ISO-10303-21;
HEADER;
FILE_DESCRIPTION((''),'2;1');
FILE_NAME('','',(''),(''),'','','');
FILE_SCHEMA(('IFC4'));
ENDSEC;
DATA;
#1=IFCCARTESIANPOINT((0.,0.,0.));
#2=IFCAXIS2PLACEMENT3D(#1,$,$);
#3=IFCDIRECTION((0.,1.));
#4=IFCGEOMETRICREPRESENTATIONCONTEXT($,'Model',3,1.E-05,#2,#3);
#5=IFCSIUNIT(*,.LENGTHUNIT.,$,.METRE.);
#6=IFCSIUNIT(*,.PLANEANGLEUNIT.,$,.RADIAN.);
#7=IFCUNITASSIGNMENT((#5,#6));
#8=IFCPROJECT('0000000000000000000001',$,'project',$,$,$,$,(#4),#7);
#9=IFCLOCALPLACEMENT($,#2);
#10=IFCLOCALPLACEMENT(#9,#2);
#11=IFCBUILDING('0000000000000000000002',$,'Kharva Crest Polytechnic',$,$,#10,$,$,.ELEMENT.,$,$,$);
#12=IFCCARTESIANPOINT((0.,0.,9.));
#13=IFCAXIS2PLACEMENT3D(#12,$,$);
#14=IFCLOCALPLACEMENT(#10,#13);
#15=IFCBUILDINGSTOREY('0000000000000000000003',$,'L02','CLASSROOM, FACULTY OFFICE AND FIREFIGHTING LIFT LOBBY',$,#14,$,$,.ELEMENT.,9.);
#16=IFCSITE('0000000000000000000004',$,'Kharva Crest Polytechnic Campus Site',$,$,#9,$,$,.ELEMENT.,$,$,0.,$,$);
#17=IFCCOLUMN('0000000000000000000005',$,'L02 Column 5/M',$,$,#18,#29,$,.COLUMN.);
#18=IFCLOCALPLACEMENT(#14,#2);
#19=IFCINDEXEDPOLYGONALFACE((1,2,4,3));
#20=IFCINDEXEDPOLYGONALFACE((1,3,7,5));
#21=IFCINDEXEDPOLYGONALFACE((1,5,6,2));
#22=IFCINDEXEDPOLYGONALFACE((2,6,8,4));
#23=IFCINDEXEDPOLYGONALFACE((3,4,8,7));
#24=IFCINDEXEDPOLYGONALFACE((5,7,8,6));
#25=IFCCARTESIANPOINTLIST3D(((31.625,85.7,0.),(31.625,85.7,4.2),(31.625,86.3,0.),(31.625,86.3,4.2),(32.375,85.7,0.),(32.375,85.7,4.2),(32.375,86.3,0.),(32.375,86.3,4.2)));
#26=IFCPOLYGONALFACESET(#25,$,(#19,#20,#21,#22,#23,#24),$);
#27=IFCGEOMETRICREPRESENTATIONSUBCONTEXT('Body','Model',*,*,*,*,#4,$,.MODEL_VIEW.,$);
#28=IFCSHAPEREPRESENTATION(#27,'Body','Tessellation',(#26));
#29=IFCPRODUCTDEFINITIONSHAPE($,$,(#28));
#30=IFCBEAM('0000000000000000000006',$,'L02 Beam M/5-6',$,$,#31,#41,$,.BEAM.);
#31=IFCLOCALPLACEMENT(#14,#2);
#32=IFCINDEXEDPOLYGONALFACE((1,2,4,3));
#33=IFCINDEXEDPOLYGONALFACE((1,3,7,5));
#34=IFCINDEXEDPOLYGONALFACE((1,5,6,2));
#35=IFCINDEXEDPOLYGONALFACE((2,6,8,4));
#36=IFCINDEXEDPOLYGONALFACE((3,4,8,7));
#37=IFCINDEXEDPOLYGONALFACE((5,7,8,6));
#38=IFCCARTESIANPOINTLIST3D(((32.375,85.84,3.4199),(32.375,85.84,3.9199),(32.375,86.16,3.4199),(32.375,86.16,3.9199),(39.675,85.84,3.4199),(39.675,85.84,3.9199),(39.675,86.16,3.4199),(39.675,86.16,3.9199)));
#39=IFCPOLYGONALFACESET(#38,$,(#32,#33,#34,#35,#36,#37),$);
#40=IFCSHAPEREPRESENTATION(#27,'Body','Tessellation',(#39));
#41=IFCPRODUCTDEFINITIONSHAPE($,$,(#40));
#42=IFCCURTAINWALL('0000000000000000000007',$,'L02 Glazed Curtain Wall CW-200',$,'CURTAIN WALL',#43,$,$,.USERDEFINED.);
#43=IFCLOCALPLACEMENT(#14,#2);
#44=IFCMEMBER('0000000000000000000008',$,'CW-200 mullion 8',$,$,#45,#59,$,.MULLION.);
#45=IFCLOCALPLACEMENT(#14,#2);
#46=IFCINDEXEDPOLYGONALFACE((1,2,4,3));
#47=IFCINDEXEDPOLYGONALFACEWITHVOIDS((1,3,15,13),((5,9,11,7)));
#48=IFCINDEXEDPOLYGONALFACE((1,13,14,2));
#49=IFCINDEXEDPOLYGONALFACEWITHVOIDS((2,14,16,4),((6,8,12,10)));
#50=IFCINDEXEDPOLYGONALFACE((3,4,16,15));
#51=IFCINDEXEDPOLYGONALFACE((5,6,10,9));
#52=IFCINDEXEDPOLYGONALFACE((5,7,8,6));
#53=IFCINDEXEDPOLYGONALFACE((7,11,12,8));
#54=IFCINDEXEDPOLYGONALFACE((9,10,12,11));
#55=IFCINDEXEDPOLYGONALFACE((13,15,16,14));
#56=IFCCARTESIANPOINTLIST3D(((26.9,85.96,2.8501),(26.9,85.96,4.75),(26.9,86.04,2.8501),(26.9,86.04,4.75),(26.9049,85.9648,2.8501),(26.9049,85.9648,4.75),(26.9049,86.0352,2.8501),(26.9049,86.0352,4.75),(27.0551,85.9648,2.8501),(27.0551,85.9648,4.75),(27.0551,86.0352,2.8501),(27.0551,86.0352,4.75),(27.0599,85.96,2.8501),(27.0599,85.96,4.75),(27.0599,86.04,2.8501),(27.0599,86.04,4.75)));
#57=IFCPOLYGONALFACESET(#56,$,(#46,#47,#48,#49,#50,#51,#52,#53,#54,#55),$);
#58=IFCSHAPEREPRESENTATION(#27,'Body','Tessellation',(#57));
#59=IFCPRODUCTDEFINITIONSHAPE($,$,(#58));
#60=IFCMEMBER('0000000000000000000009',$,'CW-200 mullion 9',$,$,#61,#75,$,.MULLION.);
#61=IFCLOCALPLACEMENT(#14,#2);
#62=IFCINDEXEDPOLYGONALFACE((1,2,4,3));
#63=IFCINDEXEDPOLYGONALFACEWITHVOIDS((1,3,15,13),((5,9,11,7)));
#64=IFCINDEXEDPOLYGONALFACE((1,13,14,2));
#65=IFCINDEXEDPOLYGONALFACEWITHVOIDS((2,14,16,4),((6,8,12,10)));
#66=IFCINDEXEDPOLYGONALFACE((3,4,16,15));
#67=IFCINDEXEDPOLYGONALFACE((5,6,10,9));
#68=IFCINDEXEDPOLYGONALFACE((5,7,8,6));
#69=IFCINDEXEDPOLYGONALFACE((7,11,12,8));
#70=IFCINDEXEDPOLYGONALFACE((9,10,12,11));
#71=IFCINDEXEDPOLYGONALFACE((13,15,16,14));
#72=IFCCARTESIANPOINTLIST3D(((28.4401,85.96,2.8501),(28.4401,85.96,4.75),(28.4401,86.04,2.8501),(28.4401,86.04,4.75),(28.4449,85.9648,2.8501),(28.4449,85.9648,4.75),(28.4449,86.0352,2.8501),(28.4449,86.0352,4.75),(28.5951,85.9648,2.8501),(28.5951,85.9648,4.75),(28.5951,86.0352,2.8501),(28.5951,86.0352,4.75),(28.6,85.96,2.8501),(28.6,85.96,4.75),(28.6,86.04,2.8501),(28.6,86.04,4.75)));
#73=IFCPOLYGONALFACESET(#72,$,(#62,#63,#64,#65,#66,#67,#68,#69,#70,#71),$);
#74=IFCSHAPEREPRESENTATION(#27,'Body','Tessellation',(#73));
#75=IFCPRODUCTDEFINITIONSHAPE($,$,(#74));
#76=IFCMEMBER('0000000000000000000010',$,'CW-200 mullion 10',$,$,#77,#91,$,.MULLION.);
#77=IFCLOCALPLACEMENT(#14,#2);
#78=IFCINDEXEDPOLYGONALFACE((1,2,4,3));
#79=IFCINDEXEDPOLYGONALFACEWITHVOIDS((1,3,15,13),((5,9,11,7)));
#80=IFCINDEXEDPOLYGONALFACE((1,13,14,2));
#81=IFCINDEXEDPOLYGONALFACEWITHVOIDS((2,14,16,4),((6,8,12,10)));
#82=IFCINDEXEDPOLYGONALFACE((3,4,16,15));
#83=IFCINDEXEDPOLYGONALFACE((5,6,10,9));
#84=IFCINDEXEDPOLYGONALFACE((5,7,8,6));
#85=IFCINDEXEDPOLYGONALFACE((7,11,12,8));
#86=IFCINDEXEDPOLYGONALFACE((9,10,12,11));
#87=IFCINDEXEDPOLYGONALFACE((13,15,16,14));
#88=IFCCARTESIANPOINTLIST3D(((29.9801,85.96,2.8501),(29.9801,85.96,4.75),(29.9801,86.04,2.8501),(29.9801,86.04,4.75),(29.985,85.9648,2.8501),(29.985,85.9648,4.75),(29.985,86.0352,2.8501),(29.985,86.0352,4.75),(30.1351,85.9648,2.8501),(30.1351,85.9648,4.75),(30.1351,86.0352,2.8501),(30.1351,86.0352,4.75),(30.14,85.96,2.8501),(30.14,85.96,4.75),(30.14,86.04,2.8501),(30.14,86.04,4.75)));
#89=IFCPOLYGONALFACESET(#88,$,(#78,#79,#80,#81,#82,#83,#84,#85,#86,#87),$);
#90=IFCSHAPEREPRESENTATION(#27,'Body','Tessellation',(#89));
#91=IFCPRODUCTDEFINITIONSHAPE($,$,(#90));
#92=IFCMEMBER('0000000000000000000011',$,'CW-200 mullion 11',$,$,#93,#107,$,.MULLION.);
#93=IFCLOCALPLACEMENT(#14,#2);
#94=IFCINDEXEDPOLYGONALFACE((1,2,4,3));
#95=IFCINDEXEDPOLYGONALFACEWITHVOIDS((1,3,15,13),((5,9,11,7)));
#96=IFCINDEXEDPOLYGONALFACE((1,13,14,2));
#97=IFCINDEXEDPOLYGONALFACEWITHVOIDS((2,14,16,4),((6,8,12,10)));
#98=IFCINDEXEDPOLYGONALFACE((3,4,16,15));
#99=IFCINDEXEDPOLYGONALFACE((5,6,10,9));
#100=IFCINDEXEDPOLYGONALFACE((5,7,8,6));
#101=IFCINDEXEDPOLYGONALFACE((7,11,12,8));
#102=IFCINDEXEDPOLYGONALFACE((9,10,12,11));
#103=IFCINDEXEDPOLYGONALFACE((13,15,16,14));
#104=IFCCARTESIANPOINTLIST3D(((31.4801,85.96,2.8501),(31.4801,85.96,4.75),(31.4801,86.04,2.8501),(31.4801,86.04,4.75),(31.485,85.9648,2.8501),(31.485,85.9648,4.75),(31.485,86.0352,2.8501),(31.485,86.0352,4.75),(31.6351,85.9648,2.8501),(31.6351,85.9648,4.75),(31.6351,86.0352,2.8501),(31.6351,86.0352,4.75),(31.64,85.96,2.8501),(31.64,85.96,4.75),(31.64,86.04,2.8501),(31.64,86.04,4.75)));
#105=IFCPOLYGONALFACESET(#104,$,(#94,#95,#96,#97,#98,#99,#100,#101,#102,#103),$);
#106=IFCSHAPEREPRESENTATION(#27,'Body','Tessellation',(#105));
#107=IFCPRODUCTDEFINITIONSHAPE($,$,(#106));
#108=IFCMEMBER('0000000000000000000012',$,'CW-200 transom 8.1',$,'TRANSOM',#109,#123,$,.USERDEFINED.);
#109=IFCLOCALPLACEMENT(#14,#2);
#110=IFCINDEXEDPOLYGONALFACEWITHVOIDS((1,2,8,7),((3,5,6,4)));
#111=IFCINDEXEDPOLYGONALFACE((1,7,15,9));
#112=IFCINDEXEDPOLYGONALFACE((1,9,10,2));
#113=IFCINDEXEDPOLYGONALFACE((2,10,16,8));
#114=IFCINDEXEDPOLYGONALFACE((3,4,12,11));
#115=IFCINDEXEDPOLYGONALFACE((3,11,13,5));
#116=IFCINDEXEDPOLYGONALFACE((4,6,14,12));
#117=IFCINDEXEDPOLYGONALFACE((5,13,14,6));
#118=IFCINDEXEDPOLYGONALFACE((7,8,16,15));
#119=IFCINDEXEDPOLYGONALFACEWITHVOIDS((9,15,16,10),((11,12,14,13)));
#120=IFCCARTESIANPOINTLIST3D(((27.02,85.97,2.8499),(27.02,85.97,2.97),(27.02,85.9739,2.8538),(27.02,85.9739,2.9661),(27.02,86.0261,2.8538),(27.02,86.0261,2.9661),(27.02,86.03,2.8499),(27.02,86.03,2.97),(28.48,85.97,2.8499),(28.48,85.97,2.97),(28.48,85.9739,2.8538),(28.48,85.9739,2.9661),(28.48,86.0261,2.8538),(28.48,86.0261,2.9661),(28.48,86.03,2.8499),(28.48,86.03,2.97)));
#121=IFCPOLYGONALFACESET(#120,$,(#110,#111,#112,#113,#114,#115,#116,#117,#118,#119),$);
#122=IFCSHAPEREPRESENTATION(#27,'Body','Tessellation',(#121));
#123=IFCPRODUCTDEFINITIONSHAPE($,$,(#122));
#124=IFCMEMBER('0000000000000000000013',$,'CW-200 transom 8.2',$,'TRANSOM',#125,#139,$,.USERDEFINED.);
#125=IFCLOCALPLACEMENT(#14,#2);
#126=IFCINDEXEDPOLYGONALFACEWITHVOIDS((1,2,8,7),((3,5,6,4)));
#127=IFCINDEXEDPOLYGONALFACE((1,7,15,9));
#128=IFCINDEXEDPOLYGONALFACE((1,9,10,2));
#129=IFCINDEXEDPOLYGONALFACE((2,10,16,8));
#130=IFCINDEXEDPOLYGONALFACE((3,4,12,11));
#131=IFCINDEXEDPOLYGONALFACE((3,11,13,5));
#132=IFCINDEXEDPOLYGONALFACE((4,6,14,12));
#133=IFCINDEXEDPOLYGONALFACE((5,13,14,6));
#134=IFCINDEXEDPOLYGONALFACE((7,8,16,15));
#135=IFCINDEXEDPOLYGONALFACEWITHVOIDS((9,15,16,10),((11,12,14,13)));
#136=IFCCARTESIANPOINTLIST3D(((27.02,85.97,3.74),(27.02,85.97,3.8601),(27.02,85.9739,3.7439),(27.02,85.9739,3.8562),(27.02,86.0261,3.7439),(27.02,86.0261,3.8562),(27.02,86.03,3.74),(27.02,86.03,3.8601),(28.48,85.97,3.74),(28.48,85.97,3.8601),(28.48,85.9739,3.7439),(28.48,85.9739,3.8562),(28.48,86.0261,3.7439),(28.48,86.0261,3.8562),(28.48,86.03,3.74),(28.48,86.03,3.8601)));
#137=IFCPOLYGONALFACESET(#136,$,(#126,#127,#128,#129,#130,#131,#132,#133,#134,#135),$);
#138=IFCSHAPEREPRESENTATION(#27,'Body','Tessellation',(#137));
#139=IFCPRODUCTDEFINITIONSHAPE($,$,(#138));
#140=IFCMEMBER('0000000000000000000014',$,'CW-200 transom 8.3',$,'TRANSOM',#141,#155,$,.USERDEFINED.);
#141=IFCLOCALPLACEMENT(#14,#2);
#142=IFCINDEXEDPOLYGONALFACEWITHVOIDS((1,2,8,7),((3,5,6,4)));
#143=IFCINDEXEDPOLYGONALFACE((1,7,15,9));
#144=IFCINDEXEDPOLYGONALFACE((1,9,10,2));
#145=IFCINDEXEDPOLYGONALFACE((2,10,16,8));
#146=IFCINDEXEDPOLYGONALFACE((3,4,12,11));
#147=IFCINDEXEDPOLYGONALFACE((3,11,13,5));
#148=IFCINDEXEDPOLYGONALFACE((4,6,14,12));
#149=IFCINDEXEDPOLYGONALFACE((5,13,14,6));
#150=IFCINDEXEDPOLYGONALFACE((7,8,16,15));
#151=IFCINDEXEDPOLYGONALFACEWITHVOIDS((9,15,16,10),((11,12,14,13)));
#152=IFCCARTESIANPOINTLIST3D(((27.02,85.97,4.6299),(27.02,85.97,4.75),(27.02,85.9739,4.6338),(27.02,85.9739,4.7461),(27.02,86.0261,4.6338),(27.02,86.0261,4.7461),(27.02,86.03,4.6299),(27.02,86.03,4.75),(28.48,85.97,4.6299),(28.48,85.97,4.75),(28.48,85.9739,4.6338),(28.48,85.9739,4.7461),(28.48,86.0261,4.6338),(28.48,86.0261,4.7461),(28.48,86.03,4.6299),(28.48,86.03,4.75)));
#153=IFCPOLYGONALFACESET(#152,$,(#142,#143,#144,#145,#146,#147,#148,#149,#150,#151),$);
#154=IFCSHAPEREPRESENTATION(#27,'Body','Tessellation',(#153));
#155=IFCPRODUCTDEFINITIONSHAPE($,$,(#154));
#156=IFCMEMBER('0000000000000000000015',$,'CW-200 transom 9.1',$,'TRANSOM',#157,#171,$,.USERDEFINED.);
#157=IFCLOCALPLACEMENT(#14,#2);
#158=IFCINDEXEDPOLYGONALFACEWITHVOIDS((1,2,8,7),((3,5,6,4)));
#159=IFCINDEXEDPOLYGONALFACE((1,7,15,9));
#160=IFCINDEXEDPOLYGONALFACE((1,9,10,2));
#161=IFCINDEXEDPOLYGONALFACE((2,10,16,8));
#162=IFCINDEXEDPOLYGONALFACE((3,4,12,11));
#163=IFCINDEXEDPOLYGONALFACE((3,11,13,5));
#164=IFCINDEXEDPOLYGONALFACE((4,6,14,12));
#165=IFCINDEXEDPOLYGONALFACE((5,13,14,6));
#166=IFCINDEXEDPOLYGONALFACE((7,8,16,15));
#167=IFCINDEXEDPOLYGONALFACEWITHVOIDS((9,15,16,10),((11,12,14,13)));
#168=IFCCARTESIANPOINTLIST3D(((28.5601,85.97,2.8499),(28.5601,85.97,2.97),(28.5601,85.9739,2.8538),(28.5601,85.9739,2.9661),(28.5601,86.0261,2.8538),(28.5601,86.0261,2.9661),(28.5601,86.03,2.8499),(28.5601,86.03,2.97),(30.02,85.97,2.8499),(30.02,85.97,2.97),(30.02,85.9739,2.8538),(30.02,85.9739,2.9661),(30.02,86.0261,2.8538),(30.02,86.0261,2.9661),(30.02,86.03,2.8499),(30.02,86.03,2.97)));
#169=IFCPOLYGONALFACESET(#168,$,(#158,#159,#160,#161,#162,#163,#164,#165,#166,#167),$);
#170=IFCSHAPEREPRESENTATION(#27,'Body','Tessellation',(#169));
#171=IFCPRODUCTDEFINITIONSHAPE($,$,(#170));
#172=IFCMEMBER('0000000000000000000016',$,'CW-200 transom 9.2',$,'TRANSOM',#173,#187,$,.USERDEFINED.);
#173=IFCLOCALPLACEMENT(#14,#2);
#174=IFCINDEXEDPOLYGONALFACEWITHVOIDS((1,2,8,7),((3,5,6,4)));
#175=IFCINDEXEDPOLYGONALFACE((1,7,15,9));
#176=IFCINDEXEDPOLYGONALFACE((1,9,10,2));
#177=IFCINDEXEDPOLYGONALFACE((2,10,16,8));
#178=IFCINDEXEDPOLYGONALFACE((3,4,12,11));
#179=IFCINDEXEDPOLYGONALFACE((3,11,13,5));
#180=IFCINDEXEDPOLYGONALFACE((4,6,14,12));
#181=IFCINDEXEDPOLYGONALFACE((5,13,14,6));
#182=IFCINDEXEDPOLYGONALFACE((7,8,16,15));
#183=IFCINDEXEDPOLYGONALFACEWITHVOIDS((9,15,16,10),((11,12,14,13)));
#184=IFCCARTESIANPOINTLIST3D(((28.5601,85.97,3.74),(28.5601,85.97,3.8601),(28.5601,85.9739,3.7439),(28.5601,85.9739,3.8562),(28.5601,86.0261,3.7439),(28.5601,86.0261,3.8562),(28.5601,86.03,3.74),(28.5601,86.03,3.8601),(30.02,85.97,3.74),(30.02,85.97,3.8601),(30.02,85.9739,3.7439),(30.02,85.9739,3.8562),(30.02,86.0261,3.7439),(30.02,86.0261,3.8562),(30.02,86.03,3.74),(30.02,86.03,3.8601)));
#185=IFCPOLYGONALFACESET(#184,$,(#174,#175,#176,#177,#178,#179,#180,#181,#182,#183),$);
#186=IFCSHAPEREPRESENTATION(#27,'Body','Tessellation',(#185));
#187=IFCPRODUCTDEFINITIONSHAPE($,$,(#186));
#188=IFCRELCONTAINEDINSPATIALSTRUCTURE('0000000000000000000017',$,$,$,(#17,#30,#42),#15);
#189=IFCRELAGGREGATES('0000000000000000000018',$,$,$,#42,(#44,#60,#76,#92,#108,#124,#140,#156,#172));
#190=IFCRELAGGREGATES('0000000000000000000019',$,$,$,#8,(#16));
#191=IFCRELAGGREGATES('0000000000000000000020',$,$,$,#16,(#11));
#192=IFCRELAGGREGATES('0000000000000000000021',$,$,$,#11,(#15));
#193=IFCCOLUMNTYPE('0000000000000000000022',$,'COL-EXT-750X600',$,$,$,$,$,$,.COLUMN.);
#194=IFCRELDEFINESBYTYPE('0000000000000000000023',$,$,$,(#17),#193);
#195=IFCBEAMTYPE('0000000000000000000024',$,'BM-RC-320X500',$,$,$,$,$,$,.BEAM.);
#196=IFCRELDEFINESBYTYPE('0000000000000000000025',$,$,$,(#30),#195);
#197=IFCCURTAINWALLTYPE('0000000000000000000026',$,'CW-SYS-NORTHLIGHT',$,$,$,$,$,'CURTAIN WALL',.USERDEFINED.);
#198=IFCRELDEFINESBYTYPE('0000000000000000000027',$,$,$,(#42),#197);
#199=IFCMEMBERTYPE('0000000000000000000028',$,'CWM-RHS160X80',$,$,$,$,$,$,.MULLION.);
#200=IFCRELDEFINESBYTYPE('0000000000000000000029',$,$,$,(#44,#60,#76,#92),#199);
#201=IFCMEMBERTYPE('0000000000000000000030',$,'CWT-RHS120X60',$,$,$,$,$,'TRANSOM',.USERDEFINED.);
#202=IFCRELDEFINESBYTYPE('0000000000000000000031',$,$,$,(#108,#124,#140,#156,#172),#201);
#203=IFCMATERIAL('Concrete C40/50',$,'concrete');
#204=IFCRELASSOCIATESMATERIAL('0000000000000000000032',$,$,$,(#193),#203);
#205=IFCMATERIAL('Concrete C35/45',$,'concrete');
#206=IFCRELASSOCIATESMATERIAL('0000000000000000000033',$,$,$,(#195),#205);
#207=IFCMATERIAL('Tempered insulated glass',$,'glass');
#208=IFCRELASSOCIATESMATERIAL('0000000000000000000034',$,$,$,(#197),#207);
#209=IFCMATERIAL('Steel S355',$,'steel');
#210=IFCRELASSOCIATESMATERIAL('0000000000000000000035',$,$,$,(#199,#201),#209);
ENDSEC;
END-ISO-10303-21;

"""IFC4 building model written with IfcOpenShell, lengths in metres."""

from ifc_helpers import new_model, si_unit, direction, frame, origin, origin_2d, place, context, subcontext, project, spatial, rectangle, hollow_rectangle, extrude, material, material_profile, profile_set, type_object, element, aggregate, save


model = new_model("IFC4")

# Units and contexts
model_context = context("Model", 3, precision=1e-05, world=origin(), true_north=direction((0.0, 1.0)))
body_context = subcontext(model_context, "Body", "Model", "MODEL_VIEW")
ifc_project = project(units=[si_unit("LENGTHUNIT", "METRE"), si_unit("PLANEANGLEUNIT", "RADIAN")], contexts=[model_context])

# Site, building, storey
site_placement = place(None, origin())
site = spatial("IfcSite", under=ifc_project, at=site_placement, Name="Kharva Crest Polytechnic Campus Site", CompositionType="ELEMENT", RefElevation=0.0)
building_placement = place(site_placement, origin())
building = spatial("IfcBuilding", under=site, at=building_placement, Name="Kharva Crest Polytechnic", CompositionType="ELEMENT")
storey_placement = place(building_placement, frame((0.0, 0.0, 9.0)))
storey = spatial("IfcBuildingStorey", under=building, at=storey_placement, Name="L02", Description="CLASSROOM, FACULTY OFFICE AND FIREFIGHTING LIFT LOBBY", CompositionType="ELEMENT", Elevation=9.0)

# Column
ifc_material_1 = material(Name="Concrete C40/50", Category="concrete")
ifc_material_profile_1 = material_profile(ifc_material_1, rectangle(XDim=0.75, YDim=0.6001, at=origin_2d()), Name="RECT 750 X 600")
ifc_profile_set_1 = profile_set([ifc_material_profile_1], Name="Concrete C40/50")
column_type = type_object("IfcColumnType", Name="COL-EXT-750X600", PredefinedType="COLUMN", material=ifc_profile_set_1)
column_placement = place(storey_placement, frame((32.0, 86.0, 0.0), z_axis=(0.0, 0.0, 1.0), x_axis=(1.0, 0.0, 0.0)))
element("IfcColumn", 1, at=column_placement, inside=storey, type_object=column_type, Name="L02 Column 5/M", PredefinedType="COLUMN", context=body_context, shape_type="SweptSolid", body=[
    extrude(rectangle(XDim=0.75, YDim=0.6001, at=origin_2d()), origin(), (0.0, 0.0, 1.0), 4.2),
])

# Beam
ifc_material_2 = material(Name="Concrete C35/45", Category="concrete")
ifc_material_profile_2 = material_profile(ifc_material_2, rectangle(XDim=0.3201, YDim=0.5, at=origin_2d()), Name="RECT 320 X 500")
ifc_profile_set_2 = profile_set([ifc_material_profile_2], Name="Concrete C35/45")
beam_type_1 = type_object("IfcBeamType", Name="BM-RC-320X500", PredefinedType="BEAM", material=ifc_profile_set_2)
beam_1_placement = place(storey_placement, frame((32.375, 86.0, 3.6699), z_axis=(1.0, 0.0, 0.0), x_axis=(0.0, 1.0, 0.0)))
element("IfcBeam", 2, at=beam_1_placement, inside=storey, type_object=beam_type_1, Name="L02 Beam M/5-6", PredefinedType="BEAM", context=body_context, shape_type="SweptSolid", body=[
    extrude(rectangle(XDim=0.3201, YDim=0.5, at=origin_2d()), origin(), (0.0, 0.0, 1.0), 7.3),
])

# Curtain wall, members
ifc_material_3 = material(Name="Tempered insulated glass", Category="glass")
curtain_wall_type = type_object("IfcCurtainWallType", Name="CW-SYS-NORTHLIGHT", ElementType="CURTAIN WALL", PredefinedType="USERDEFINED", material=ifc_material_3)
curtain_wall_placement = place(storey_placement, origin())
curtain_wall = element("IfcCurtainWall", 3, at=curtain_wall_placement, inside=storey, type_object=curtain_wall_type, Name="L02 Glazed Curtain Wall CW-200", ObjectType="CURTAIN WALL", PredefinedType="USERDEFINED")
ifc_material_4 = material(Name="Steel S355", Category="steel")
ifc_material_profile_3 = material_profile(ifc_material_4, hollow_rectangle(XDim=0.0801, YDim=0.1599, WallThickness=0.0049, at=origin_2d()), Name="RHS 160X80X5.0")
ifc_profile_set_3 = profile_set([ifc_material_profile_3], Name="Steel S355")
member_type_1 = type_object("IfcMemberType", Name="CWM-RHS160X80", PredefinedType="MULLION", material=ifc_profile_set_3)
member_1_placement = place(storey_placement, frame((26.98, 86.0, 2.8501), z_axis=(0.0, 0.0, 1.0), x_axis=(0.0, 1.0, 0.0)))
member_1 = element("IfcMember", 4, at=member_1_placement, type_object=member_type_1, Name="CW-200 mullion 8", PredefinedType="MULLION", context=body_context, shape_type="SweptSolid", body=[
    extrude(hollow_rectangle(XDim=0.0801, YDim=0.1599, WallThickness=0.0049, at=origin_2d()), origin(), (0.0, 0.0, 1.0), 1.8999),
])
member_2_placement = place(storey_placement, frame((28.52, 86.0, 2.8501), z_axis=(0.0, 0.0, 1.0), x_axis=(0.0, 1.0, 0.0)))
member_2 = element("IfcMember", 5, at=member_2_placement, type_object=member_type_1, Name="CW-200 mullion 9", PredefinedType="MULLION", context=body_context, shape_type="SweptSolid", body=[
    extrude(hollow_rectangle(XDim=0.0801, YDim=0.1599, WallThickness=0.0049, at=origin_2d()), origin(), (0.0, 0.0, 1.0), 1.8999),
])
member_3_placement = place(storey_placement, frame((30.0601, 86.0, 2.8501), z_axis=(0.0, 0.0, 1.0), x_axis=(0.0, 1.0, 0.0)))
member_3 = element("IfcMember", 6, at=member_3_placement, type_object=member_type_1, Name="CW-200 mullion 10", PredefinedType="MULLION", context=body_context, shape_type="SweptSolid", body=[
    extrude(hollow_rectangle(XDim=0.0801, YDim=0.1599, WallThickness=0.0049, at=origin_2d()), origin(), (0.0, 0.0, 1.0), 1.8999),
])
member_4_placement = place(storey_placement, frame((31.5601, 86.0, 2.8501), z_axis=(0.0, 0.0, 1.0), x_axis=(0.0, 1.0, 0.0)))
member_4 = element("IfcMember", 7, at=member_4_placement, type_object=member_type_1, Name="CW-200 mullion 11", PredefinedType="MULLION", context=body_context, shape_type="SweptSolid", body=[
    extrude(hollow_rectangle(XDim=0.0801, YDim=0.1599, WallThickness=0.0049, at=origin_2d()), origin(), (0.0, 0.0, 1.0), 1.8999),
])
ifc_material_profile_4 = material_profile(ifc_material_4, hollow_rectangle(XDim=0.0601, YDim=0.1201, WallThickness=0.0039, at=origin_2d()), Name="RHS 120X60X4.0")
ifc_profile_set_4 = profile_set([ifc_material_profile_4], Name="Steel S355")
member_type_2 = type_object("IfcMemberType", Name="CWT-RHS120X60", ElementType="TRANSOM", PredefinedType="USERDEFINED", material=ifc_profile_set_4)
member_5_placement = place(storey_placement, frame((27.02, 86.0, 2.9099), z_axis=(1.0, 0.0, 0.0), x_axis=(0.0, 1.0, 0.0)))
member_5 = element("IfcMember", 8, at=member_5_placement, type_object=member_type_2, Name="CW-200 transom 8.1", ObjectType="TRANSOM", PredefinedType="USERDEFINED", context=body_context, shape_type="SweptSolid", body=[
    extrude(hollow_rectangle(XDim=0.0601, YDim=0.1201, WallThickness=0.0039, at=origin_2d()), origin(), (0.0, 0.0, 1.0), 1.46),
])
member_6_placement = place(storey_placement, frame((27.02, 86.0, 3.8), z_axis=(1.0, 0.0, 0.0), x_axis=(0.0, 1.0, 0.0)))
member_6 = element("IfcMember", 9, at=member_6_placement, type_object=member_type_2, Name="CW-200 transom 8.2", ObjectType="TRANSOM", PredefinedType="USERDEFINED", context=body_context, shape_type="SweptSolid", body=[
    extrude(hollow_rectangle(XDim=0.0601, YDim=0.1201, WallThickness=0.0039, at=origin_2d()), origin(), (0.0, 0.0, 1.0), 1.46),
])
member_7_placement = place(storey_placement, frame((27.02, 86.0, 4.6899), z_axis=(1.0, 0.0, 0.0), x_axis=(0.0, 1.0, 0.0)))
member_7 = element("IfcMember", 10, at=member_7_placement, type_object=member_type_2, Name="CW-200 transom 8.3", ObjectType="TRANSOM", PredefinedType="USERDEFINED", context=body_context, shape_type="SweptSolid", body=[
    extrude(hollow_rectangle(XDim=0.0601, YDim=0.1201, WallThickness=0.0039, at=origin_2d()), origin(), (0.0, 0.0, 1.0), 1.46),
])
member_8_placement = place(storey_placement, frame((28.5601, 86.0, 2.9099), z_axis=(1.0, 0.0, 0.0), x_axis=(0.0, 1.0, 0.0)))
member_8 = element("IfcMember", 11, at=member_8_placement, type_object=member_type_2, Name="CW-200 transom 9.1", ObjectType="TRANSOM", PredefinedType="USERDEFINED", context=body_context, shape_type="SweptSolid", body=[
    extrude(hollow_rectangle(XDim=0.0601, YDim=0.1201, WallThickness=0.0039, at=origin_2d()), origin(), (0.0, 0.0, 1.0), 1.46),
])
member_9_placement = place(storey_placement, frame((28.5601, 86.0, 3.8), z_axis=(1.0, 0.0, 0.0), x_axis=(0.0, 1.0, 0.0)))
member_9 = element("IfcMember", 12, at=member_9_placement, type_object=member_type_2, Name="CW-200 transom 9.2", ObjectType="TRANSOM", PredefinedType="USERDEFINED", context=body_context, shape_type="SweptSolid", body=[
    extrude(hollow_rectangle(XDim=0.0601, YDim=0.1201, WallThickness=0.0039, at=origin_2d()), origin(), (0.0, 0.0, 1.0), 1.46),
])

aggregate(curtain_wall, [member_1, member_2, member_3, member_4, member_5, member_6, member_7, member_8, member_9])

save(model, "model.ifc")
